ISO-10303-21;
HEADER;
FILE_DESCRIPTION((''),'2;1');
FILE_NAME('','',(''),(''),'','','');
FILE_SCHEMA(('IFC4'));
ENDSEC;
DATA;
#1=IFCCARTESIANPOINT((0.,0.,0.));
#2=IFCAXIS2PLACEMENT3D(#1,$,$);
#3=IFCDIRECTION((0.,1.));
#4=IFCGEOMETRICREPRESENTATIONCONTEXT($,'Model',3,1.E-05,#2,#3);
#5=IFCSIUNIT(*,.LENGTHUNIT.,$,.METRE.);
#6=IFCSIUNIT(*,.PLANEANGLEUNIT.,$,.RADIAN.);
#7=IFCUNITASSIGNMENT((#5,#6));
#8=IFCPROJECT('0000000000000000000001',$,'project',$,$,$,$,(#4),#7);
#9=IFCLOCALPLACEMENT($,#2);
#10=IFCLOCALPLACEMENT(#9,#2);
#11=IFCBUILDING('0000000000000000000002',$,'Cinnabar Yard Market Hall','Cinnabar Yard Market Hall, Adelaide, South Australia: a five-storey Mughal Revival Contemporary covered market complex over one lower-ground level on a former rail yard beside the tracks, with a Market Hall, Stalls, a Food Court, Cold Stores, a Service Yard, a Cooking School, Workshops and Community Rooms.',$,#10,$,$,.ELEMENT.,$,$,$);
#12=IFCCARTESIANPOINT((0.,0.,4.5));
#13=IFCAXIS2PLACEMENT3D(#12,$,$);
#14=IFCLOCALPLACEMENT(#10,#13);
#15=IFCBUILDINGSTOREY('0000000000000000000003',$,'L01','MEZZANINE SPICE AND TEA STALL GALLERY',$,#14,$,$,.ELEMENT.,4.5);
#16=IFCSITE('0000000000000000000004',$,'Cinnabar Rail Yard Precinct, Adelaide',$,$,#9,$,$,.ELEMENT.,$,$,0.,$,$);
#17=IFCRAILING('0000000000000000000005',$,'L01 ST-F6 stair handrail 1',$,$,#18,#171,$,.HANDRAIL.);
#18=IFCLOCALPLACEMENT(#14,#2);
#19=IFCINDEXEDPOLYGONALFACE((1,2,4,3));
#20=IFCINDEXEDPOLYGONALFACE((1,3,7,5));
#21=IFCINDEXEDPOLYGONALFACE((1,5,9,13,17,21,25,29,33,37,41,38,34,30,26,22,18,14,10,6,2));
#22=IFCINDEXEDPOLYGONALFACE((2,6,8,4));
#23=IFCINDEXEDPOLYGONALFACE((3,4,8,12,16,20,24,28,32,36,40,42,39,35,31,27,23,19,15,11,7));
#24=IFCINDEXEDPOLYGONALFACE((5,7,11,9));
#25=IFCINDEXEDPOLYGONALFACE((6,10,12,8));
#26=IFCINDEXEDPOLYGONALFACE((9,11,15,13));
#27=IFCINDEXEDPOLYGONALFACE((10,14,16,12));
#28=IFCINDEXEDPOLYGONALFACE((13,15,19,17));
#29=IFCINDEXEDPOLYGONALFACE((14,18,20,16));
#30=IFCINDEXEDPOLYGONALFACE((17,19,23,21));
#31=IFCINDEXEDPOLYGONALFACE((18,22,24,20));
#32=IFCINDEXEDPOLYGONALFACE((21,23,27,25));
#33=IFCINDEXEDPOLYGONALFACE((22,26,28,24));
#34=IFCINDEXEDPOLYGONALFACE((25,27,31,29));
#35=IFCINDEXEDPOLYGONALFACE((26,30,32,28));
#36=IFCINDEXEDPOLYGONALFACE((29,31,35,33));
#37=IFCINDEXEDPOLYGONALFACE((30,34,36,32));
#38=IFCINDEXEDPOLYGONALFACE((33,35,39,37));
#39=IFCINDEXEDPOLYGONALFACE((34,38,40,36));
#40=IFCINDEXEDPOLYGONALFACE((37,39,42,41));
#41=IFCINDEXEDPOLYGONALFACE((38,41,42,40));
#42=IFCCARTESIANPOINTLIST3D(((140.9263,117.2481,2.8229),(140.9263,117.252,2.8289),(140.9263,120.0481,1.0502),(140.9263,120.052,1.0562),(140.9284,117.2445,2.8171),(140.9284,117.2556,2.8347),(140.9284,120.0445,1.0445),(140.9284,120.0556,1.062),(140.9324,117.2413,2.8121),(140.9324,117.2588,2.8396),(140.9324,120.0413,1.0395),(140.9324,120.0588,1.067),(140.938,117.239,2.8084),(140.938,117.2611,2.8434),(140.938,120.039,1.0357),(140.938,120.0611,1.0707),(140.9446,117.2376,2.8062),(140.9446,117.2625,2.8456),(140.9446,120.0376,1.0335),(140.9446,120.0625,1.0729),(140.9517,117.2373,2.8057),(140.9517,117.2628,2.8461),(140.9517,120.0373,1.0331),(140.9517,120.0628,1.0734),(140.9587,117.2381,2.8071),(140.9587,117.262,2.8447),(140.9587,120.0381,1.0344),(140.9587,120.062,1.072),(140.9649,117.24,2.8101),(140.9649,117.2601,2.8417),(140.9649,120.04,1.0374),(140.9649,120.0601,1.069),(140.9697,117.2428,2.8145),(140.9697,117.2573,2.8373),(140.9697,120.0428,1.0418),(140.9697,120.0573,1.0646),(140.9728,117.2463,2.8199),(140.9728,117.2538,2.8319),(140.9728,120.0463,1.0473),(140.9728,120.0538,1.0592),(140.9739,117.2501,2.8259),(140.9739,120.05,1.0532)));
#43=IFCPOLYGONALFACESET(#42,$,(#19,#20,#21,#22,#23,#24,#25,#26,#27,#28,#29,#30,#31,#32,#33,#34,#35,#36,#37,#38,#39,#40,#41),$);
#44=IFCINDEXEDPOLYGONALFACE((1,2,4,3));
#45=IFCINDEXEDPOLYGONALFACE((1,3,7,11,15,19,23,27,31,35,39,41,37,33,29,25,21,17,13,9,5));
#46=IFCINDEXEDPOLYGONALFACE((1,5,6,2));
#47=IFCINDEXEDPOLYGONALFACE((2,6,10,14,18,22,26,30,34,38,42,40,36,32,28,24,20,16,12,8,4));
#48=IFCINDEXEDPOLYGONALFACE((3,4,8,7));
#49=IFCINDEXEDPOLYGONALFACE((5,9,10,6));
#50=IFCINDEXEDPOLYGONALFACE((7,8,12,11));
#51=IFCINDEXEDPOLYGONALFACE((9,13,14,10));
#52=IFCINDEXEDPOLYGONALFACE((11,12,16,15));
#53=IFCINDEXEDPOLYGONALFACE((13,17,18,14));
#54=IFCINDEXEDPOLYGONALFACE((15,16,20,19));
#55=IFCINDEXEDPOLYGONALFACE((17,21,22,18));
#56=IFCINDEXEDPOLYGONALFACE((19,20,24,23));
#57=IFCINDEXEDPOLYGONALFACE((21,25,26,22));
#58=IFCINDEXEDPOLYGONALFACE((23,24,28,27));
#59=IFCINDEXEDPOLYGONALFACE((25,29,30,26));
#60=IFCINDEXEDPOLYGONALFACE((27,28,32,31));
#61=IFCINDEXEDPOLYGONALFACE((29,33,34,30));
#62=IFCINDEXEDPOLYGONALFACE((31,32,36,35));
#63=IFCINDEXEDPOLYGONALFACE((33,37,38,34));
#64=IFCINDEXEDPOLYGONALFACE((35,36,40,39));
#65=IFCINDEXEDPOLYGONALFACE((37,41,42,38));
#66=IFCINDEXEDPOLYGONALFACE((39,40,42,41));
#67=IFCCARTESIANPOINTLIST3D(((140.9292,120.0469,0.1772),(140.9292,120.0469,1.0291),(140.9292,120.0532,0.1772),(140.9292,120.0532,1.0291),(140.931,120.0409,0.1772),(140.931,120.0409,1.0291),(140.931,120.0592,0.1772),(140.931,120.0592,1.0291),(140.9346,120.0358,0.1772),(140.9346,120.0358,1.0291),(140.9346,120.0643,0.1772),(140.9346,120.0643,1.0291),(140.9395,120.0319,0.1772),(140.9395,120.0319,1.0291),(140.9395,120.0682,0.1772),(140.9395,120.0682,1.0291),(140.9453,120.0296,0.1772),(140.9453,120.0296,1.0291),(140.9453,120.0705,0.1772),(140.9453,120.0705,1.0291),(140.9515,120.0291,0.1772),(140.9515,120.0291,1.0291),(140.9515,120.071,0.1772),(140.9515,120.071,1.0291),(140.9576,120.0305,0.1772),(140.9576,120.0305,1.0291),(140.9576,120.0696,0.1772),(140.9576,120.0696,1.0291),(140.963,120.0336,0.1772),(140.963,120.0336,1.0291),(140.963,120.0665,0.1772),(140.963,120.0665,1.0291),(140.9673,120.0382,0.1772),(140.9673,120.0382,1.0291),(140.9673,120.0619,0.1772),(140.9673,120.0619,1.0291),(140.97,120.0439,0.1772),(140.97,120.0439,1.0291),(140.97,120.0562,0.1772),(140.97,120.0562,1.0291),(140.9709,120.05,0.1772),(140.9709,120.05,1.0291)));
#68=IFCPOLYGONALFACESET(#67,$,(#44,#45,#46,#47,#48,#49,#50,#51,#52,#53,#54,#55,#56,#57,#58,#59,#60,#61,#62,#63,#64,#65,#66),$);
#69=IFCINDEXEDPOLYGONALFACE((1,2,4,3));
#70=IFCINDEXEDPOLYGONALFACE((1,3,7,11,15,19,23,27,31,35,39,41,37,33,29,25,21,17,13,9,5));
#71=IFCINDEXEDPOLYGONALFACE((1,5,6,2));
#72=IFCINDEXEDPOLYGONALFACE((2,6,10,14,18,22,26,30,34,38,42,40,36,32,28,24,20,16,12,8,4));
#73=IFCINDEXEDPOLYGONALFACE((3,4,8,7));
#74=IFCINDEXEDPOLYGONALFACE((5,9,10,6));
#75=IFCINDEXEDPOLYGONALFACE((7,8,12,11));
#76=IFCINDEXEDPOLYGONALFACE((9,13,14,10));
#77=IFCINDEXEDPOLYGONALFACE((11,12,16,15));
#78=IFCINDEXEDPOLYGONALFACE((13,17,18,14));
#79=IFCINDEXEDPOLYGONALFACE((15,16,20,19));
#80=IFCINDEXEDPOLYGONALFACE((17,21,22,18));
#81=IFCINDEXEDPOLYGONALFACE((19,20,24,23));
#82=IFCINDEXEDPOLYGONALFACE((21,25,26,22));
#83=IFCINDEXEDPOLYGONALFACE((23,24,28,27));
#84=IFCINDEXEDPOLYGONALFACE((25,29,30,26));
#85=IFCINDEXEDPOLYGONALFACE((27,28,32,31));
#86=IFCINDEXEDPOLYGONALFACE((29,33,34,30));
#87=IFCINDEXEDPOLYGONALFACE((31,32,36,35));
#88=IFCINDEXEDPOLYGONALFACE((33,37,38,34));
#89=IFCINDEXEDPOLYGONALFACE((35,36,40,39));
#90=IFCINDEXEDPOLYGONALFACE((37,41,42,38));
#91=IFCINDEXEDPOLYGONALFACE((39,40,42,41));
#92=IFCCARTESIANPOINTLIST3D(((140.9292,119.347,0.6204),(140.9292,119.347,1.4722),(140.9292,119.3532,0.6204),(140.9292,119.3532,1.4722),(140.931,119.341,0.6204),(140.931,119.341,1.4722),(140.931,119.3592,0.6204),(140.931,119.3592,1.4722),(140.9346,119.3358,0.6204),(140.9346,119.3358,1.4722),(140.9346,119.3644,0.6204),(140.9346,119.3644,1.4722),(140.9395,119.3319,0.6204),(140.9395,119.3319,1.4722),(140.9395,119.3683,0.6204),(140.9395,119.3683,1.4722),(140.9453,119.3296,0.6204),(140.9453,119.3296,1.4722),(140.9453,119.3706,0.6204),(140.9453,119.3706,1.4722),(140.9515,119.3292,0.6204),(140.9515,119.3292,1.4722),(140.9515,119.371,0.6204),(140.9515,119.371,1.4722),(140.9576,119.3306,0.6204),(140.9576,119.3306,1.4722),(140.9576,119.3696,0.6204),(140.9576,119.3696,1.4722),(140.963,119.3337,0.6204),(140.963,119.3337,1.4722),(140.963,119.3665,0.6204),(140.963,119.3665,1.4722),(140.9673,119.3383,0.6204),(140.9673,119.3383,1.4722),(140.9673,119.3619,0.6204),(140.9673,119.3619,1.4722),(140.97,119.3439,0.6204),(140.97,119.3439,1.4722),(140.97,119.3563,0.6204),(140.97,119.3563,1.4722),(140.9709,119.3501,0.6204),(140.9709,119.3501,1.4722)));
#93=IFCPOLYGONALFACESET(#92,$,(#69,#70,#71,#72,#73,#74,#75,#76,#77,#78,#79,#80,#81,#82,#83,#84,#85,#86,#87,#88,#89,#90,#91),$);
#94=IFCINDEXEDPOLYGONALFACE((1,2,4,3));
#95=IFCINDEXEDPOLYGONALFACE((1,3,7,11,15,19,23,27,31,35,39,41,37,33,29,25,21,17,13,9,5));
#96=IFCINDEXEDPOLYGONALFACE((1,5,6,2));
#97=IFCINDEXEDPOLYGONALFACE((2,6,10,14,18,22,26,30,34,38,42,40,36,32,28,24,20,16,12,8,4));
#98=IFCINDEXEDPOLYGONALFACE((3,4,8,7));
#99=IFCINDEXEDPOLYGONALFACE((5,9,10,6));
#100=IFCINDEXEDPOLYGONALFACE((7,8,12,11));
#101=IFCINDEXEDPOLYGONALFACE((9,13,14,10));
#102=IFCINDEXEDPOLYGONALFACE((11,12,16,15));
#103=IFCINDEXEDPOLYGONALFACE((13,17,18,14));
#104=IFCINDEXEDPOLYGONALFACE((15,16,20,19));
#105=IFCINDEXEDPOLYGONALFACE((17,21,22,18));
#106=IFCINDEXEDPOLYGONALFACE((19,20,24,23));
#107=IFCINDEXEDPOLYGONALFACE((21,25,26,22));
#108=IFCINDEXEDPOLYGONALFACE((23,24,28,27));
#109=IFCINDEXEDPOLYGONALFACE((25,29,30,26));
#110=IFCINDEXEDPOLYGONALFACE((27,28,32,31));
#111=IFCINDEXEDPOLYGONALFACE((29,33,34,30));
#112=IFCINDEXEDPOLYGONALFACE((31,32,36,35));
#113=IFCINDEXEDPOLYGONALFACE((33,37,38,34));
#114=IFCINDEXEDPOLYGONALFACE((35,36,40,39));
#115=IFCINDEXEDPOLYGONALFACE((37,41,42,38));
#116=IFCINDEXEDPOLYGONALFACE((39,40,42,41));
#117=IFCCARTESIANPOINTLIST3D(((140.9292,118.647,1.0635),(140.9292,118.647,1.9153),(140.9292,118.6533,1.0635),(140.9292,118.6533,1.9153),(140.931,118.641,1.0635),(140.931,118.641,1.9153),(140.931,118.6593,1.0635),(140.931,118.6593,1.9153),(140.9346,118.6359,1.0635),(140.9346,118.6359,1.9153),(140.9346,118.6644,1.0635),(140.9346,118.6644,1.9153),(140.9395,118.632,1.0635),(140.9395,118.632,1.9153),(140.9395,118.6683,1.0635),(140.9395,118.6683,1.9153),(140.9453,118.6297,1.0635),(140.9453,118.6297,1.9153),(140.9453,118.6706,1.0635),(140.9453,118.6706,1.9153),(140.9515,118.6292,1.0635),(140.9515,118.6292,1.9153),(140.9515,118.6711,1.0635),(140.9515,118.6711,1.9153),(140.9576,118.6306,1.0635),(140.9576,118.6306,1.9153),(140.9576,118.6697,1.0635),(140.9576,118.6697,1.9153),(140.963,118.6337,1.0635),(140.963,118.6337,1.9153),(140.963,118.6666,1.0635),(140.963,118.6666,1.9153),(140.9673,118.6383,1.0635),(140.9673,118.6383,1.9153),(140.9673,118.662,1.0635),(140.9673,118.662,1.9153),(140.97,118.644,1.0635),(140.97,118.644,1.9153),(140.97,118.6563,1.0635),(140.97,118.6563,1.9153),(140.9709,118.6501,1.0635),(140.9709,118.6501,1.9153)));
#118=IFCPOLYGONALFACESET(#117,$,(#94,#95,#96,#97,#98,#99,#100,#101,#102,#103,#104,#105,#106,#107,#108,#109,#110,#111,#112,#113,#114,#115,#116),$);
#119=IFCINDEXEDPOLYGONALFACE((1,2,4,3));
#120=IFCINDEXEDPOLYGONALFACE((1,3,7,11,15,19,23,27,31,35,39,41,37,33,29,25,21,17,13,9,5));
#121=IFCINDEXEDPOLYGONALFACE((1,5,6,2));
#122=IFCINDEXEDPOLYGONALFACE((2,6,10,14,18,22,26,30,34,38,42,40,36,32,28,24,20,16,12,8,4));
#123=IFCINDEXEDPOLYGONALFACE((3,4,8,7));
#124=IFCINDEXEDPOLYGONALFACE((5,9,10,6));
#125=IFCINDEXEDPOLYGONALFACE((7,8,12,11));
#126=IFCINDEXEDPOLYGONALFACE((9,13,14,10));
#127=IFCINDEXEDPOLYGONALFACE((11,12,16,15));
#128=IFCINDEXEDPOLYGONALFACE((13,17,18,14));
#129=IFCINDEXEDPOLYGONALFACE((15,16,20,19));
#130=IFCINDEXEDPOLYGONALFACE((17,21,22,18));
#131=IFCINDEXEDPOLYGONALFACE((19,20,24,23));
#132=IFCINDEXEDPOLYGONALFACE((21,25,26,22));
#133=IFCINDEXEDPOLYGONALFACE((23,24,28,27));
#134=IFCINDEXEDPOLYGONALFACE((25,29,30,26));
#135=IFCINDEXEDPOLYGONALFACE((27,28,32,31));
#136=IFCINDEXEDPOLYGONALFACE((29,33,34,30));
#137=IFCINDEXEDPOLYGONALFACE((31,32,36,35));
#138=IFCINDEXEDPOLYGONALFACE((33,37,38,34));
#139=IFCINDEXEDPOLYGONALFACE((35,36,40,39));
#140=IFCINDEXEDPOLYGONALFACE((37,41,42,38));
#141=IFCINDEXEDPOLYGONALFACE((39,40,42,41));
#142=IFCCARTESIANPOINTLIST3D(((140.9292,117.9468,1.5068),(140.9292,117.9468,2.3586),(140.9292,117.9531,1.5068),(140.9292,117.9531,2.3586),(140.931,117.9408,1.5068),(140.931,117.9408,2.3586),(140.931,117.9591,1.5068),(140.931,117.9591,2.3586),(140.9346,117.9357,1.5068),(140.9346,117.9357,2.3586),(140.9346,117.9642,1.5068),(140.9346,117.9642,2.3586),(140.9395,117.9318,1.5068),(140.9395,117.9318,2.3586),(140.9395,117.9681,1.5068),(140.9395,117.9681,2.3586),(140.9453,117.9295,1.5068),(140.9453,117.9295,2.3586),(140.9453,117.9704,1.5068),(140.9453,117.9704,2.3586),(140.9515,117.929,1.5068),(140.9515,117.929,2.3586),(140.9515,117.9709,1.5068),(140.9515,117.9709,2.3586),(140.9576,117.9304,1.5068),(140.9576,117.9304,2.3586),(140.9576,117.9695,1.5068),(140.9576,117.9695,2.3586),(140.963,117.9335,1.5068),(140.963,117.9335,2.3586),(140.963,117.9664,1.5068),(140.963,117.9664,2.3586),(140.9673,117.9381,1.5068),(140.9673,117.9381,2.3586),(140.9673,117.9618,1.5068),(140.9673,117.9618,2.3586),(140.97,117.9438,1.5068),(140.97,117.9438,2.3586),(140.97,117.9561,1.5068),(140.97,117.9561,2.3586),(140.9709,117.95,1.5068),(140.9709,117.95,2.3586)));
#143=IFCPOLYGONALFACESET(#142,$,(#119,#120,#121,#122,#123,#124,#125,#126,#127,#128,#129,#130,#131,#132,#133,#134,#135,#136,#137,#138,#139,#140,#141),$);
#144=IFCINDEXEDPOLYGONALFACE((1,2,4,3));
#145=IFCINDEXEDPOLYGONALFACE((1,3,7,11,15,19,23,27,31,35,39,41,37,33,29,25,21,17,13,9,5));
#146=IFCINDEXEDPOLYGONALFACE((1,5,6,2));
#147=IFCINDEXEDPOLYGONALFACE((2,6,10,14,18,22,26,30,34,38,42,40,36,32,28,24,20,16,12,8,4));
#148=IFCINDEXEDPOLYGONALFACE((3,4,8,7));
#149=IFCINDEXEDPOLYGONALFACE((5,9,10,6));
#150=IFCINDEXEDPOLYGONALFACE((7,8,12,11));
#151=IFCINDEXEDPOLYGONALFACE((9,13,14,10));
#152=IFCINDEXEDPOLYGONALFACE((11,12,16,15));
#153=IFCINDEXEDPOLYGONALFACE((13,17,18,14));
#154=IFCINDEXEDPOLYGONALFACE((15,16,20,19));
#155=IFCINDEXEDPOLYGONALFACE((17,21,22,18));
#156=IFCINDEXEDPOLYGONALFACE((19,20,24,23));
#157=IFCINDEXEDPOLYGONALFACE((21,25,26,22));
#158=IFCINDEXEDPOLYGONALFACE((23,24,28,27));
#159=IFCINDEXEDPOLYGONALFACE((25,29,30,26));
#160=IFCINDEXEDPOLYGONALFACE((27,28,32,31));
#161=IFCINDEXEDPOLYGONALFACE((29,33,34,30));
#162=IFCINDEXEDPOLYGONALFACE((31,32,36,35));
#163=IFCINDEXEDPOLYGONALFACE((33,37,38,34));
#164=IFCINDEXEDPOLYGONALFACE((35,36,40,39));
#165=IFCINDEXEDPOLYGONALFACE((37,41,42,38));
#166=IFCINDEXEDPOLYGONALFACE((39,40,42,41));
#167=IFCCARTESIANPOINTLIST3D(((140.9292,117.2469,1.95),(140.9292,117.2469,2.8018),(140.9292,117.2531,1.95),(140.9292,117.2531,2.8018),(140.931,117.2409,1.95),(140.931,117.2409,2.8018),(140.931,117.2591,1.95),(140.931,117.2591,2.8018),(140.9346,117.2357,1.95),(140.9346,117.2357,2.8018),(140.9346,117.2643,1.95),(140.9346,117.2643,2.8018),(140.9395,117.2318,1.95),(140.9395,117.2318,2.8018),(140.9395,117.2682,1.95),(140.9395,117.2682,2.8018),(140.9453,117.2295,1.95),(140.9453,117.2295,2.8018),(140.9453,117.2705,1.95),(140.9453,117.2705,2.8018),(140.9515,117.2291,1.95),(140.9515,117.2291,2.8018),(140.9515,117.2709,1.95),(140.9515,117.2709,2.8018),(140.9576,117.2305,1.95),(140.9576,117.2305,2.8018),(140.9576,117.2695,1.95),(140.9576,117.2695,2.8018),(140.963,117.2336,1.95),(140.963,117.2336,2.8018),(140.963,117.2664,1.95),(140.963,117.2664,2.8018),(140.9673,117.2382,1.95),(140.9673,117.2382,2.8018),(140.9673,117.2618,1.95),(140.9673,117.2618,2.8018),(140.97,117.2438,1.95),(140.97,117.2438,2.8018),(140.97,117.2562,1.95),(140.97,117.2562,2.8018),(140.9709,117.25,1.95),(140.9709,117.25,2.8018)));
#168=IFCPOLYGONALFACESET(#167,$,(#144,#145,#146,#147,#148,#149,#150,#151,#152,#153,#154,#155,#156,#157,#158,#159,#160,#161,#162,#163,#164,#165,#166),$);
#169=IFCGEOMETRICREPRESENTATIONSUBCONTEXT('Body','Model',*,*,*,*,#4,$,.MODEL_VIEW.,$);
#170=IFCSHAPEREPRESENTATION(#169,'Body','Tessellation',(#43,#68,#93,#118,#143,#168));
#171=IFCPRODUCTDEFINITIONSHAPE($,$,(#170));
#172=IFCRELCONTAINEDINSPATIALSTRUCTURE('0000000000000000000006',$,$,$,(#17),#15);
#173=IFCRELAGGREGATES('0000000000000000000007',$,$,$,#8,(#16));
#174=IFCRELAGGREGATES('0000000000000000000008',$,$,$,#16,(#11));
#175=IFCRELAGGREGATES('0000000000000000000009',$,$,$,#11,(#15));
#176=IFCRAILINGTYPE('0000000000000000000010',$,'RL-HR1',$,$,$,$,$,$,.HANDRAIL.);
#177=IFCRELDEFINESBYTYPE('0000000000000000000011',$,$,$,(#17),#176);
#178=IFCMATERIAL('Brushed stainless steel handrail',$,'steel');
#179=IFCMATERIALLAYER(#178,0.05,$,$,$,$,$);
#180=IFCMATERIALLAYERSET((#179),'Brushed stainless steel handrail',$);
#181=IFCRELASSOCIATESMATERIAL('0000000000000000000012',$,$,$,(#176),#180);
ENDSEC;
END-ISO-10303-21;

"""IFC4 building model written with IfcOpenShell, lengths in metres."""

from ifc_helpers import new_model, si_unit, direction, frame, origin, origin_2d_with_axis, place, context, subcontext, project, spatial, circle, extrude, material, layer, layer_set, type_object, element, save


model = new_model("IFC4")

# Units and contexts
model_context = context("Model", 3, precision=1e-05, world=origin(), true_north=direction((0.0, 1.0)))
body_context = subcontext(model_context, "Body", "Model", "MODEL_VIEW")
ifc_project = project(units=[si_unit("LENGTHUNIT", "METRE"), si_unit("PLANEANGLEUNIT", "RADIAN")], contexts=[model_context])

# Site, building, storey
site_placement = place(None, origin())
site = spatial("IfcSite", under=ifc_project, at=site_placement, Name="Cinnabar Rail Yard Precinct, Adelaide", CompositionType="ELEMENT", RefElevation=0.0)
building_placement = place(site_placement, origin())
building = spatial("IfcBuilding", under=site, at=building_placement, Name="Cinnabar Yard Market Hall", Description="Cinnabar Yard Market Hall, Adelaide, South Australia: a five-storey Mughal Revival Contemporary covered market complex over one lower-ground level on a former rail yard beside the tracks, with a Market Hall, Stalls, a Food Court, Cold Stores, a Service Yard, a Cooking School, Workshops and Community Rooms.", CompositionType="ELEMENT")
storey_placement = place(building_placement, frame((0.0, 0.0, 4.5)))
storey = spatial("IfcBuildingStorey", under=building, at=storey_placement, Name="L01", Description="MEZZANINE SPICE AND TEA STALL GALLERY", CompositionType="ELEMENT", Elevation=4.5)

# Railing
ifc_material_1 = material(Name="Brushed stainless steel handrail", Category="steel")
ifc_layer_1 = layer(ifc_material_1, 0.05)
ifc_layer_set_1 = layer_set([ifc_layer_1], Name="Brushed stainless steel handrail")
railing_type_1 = type_object("IfcRailingType", Name="RL-HR1", PredefinedType="HANDRAIL", material=ifc_layer_set_1)
railing_1_placement = place(storey_placement, frame((140.95, 120.05, 0.1772)))
element("IfcRailing", 1, at=railing_1_placement, inside=storey, type_object=railing_type_1, Name="L01 ST-F6 stair handrail 1", PredefinedType="HANDRAIL", context=body_context, shape_type="SweptSolid", body=[
    extrude(circle(Radius=0.0239, at=origin_2d_with_axis()), frame((0.0, 0.0, 0.876), z_axis=(0.0, -0.844909, 0.53491), x_axis=(1.0, 0.0, 0.0)), (0.0, 0.0, 1.0), 3.314),
    extrude(circle(Radius=0.021, at=origin_2d_with_axis()), origin(), (0.0, 0.0, 1.0), 0.8518),
    extrude(circle(Radius=0.021, at=origin_2d_with_axis()), frame((0.0, -0.7, 0.4431)), (0.0, 0.0, 1.0), 0.8518),
    extrude(circle(Radius=0.021, at=origin_2d_with_axis()), frame((0.0, -1.3999, 0.8862)), (0.0, 0.0, 1.0), 0.8518),
    extrude(circle(Radius=0.021, at=origin_2d_with_axis()), frame((0.0, -2.1001, 1.3296)), (0.0, 0.0, 1.0), 0.8518),
    extrude(circle(Radius=0.021, at=origin_2d_with_axis()), frame((0.0, -2.8, 1.7727)), (0.0, 0.0, 1.0), 0.8518),
])

save(model, "model.ifc")
